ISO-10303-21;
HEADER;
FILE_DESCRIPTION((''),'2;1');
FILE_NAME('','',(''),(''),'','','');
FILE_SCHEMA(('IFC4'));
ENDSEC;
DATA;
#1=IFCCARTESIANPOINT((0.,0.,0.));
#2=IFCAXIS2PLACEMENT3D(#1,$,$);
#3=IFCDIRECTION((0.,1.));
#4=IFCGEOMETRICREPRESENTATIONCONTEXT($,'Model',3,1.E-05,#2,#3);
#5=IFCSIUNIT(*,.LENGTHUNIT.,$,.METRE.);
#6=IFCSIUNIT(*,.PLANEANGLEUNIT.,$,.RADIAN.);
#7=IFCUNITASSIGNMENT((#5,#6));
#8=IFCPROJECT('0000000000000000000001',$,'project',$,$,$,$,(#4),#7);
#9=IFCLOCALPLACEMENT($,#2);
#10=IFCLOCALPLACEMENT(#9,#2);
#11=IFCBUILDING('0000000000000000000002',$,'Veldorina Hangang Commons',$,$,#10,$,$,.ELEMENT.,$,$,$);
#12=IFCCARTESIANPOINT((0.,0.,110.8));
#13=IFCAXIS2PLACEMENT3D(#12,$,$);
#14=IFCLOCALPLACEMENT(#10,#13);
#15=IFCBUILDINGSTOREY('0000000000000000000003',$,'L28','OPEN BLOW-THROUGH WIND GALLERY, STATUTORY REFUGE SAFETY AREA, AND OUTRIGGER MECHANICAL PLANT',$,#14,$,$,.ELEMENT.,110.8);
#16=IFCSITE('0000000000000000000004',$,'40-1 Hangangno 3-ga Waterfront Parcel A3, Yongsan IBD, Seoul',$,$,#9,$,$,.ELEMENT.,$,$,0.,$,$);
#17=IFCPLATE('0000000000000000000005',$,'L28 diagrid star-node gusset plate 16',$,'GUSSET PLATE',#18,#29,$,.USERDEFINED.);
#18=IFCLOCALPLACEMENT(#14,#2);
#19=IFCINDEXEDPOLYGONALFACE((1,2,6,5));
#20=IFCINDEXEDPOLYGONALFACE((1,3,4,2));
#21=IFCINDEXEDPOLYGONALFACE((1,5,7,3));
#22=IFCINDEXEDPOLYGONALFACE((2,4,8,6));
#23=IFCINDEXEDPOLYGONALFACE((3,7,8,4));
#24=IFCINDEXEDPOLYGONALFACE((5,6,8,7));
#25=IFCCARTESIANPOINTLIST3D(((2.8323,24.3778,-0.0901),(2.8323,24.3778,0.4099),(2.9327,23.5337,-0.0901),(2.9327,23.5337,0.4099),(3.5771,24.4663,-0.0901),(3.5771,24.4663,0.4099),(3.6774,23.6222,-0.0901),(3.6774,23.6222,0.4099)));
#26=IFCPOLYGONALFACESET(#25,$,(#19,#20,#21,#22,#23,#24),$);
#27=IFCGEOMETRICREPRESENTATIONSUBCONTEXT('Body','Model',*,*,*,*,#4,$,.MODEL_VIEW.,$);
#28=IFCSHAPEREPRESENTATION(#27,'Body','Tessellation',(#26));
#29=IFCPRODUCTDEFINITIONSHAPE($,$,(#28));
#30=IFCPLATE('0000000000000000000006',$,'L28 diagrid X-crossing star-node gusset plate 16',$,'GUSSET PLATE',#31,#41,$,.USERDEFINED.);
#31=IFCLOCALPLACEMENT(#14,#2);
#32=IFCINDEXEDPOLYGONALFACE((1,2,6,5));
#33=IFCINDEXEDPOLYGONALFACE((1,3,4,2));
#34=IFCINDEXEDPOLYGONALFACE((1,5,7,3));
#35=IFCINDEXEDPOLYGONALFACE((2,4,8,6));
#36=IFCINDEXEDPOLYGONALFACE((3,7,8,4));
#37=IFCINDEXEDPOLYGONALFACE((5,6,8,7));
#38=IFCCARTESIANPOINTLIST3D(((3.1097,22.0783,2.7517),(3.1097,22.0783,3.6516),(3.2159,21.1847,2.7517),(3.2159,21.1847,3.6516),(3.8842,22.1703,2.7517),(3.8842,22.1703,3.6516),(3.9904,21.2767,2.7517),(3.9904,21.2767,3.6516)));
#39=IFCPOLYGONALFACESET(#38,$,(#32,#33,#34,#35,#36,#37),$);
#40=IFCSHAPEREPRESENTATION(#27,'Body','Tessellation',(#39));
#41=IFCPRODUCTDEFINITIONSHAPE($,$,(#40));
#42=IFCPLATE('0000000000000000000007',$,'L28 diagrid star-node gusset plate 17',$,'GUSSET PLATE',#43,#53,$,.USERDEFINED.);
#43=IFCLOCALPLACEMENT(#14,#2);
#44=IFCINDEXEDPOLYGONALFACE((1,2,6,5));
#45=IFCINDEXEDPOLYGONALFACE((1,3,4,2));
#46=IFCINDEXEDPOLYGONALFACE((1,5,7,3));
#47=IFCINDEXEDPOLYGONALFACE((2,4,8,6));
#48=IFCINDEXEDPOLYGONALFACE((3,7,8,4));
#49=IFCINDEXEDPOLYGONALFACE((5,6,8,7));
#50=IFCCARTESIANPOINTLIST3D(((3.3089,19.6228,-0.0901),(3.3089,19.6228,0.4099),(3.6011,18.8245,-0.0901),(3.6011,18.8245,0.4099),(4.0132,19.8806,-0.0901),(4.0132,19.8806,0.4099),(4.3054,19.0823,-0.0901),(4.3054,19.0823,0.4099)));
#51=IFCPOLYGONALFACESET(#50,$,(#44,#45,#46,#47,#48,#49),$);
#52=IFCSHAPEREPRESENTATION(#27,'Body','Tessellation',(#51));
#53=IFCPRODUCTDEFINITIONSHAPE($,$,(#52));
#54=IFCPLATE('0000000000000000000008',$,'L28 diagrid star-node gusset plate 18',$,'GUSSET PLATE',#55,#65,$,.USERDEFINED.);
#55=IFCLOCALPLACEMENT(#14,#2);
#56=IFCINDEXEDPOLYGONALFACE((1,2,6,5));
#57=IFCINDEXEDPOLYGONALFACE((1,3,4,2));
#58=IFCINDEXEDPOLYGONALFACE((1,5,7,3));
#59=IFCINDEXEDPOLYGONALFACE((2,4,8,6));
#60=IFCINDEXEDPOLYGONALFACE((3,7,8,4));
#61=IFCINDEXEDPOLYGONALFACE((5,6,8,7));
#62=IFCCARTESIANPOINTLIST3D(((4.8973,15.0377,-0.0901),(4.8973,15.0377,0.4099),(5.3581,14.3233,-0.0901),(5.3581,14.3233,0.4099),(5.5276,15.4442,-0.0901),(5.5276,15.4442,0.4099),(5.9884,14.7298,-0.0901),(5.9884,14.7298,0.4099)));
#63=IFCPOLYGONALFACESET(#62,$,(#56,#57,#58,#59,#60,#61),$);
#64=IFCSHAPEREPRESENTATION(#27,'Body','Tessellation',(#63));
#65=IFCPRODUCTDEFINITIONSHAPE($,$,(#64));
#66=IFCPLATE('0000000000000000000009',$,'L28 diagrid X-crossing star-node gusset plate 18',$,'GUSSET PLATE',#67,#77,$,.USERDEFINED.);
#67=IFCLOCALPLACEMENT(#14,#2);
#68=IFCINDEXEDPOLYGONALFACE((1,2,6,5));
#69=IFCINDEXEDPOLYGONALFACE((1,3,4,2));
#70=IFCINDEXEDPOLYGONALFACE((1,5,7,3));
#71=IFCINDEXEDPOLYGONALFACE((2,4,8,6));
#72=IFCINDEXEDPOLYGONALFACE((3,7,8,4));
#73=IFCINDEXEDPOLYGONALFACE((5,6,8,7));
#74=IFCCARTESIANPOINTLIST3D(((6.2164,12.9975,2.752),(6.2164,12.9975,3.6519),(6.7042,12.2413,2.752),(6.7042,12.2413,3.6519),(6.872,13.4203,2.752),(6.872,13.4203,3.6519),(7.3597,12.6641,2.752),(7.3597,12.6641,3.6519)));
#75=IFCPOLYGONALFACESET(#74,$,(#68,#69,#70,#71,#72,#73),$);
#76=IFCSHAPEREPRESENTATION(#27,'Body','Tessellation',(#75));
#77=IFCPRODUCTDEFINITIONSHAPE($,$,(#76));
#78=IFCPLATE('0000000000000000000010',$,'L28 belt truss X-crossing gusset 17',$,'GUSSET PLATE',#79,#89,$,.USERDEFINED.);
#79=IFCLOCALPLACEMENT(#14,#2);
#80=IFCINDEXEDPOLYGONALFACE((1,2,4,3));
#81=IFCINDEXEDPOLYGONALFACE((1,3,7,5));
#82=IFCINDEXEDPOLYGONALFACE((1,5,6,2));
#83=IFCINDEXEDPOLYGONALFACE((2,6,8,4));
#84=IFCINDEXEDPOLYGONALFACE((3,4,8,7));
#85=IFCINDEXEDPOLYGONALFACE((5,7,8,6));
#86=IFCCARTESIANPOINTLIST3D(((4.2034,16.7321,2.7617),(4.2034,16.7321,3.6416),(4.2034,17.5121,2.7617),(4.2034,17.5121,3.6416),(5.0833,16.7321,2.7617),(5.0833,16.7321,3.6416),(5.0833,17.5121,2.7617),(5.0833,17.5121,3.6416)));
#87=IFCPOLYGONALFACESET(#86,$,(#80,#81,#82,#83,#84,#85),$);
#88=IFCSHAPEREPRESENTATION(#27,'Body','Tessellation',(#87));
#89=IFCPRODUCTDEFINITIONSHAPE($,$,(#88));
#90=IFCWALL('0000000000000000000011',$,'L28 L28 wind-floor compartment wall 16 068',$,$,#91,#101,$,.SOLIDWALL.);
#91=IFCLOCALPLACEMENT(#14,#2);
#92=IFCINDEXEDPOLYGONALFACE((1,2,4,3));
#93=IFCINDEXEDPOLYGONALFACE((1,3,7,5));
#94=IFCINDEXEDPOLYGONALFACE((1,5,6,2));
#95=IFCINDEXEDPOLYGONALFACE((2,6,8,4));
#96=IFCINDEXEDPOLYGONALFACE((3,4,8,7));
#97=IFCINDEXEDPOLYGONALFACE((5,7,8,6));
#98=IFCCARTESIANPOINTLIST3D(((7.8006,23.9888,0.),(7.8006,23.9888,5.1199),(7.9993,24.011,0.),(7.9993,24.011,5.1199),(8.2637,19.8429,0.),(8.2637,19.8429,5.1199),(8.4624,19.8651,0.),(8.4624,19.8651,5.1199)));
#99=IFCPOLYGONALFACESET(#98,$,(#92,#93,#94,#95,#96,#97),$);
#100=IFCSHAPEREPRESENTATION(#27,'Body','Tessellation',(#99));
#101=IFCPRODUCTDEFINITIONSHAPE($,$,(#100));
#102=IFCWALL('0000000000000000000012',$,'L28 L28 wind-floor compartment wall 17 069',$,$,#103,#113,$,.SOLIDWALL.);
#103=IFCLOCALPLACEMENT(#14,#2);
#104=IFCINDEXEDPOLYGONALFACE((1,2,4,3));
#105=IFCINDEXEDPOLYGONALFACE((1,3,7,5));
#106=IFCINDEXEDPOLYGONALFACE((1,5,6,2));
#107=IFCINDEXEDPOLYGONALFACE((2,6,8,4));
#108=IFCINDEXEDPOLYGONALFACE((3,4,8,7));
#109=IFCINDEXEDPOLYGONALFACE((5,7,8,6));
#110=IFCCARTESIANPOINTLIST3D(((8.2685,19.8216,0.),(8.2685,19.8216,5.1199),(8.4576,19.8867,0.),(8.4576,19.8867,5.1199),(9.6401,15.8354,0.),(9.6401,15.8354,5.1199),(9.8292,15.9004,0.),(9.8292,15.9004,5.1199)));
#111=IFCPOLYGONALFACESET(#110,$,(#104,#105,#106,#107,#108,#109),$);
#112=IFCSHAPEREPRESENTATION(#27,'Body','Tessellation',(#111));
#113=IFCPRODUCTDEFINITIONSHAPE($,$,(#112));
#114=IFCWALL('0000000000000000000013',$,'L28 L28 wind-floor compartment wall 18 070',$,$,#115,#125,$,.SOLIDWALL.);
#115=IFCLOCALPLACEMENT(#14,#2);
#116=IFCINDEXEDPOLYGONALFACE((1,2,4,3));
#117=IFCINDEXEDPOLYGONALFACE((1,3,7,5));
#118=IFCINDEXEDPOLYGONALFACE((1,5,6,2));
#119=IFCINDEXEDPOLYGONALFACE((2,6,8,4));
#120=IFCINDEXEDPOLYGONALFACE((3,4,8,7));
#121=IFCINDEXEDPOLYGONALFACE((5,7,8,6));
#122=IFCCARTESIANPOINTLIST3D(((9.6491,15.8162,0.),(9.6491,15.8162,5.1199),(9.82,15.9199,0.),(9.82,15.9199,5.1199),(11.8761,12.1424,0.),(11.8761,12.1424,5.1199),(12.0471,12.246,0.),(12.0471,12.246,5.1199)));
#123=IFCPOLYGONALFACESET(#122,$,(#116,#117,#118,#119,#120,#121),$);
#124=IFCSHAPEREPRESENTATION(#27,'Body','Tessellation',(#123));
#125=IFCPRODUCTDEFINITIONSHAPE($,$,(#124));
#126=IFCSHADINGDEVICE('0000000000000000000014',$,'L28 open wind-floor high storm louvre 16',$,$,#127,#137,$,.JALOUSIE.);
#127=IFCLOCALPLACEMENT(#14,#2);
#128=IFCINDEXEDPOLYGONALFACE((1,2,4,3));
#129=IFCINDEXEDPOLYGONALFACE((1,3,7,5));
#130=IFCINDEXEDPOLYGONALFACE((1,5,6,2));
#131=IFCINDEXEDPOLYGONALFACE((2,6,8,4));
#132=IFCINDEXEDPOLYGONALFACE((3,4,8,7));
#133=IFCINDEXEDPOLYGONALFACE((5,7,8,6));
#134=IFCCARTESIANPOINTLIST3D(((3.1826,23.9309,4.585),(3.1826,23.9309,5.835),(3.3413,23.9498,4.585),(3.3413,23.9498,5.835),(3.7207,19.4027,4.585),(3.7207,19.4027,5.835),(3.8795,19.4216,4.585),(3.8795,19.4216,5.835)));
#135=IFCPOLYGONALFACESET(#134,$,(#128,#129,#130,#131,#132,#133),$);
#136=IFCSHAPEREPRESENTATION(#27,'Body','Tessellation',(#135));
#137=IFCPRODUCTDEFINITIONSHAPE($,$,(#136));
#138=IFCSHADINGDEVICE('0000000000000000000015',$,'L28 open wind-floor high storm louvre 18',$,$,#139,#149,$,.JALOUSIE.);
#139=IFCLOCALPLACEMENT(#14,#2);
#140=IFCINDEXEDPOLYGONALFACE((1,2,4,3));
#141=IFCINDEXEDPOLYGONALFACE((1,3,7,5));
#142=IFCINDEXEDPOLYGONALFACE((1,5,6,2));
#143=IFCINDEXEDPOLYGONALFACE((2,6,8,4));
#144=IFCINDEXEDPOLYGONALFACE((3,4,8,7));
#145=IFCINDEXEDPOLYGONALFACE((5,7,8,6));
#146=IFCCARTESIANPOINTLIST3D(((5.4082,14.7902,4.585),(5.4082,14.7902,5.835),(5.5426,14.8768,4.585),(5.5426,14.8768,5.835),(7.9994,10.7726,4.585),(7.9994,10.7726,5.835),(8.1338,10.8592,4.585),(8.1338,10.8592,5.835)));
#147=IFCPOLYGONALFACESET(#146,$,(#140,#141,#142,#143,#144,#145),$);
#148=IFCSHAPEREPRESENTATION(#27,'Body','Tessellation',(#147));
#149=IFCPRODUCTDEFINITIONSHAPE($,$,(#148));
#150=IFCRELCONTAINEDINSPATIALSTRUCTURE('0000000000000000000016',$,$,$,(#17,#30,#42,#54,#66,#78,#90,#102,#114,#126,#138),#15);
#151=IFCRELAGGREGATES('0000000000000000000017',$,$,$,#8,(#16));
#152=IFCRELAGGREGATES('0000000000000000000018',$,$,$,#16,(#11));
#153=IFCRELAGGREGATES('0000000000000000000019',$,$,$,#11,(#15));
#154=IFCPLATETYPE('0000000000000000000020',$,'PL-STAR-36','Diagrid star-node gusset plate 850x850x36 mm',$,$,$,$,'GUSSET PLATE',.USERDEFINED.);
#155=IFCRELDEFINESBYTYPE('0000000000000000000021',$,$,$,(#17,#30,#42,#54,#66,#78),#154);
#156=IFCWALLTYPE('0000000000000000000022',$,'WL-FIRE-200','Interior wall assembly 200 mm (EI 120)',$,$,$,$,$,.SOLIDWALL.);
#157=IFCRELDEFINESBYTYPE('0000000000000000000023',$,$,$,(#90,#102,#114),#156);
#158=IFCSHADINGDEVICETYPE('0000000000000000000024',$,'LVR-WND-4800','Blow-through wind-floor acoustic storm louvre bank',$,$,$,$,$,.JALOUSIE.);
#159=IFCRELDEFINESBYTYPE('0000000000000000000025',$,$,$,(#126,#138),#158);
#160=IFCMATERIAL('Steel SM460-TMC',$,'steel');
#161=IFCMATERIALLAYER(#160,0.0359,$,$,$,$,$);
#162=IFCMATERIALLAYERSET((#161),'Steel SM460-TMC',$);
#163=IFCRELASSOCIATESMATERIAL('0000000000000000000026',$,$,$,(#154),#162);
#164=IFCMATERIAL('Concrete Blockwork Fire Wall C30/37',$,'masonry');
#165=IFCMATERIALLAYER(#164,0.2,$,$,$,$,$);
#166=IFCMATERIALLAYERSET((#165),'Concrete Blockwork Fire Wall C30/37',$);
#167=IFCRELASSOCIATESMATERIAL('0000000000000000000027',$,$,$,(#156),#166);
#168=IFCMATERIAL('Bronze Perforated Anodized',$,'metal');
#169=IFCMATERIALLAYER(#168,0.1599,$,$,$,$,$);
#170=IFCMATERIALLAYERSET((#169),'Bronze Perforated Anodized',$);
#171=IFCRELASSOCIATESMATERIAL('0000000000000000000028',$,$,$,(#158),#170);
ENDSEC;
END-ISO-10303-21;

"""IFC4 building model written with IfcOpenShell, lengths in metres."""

from ifc_helpers import new_model, si_unit, direction, frame, frame_2d, origin, origin_2d, place, context, subcontext, project, spatial, rectangle, extrude, material, layer, layer_set, type_object, element, save


model = new_model("IFC4")

# Units and contexts
model_context = context("Model", 3, precision=1e-05, world=origin(), true_north=direction((0.0, 1.0)))
body_context = subcontext(model_context, "Body", "Model", "MODEL_VIEW")
ifc_project = project(units=[si_unit("LENGTHUNIT", "METRE"), si_unit("PLANEANGLEUNIT", "RADIAN")], contexts=[model_context])

# Site, building, storey
site_placement = place(None, origin())
site = spatial("IfcSite", under=ifc_project, at=site_placement, Name="40-1 Hangangno 3-ga Waterfront Parcel A3, Yongsan IBD, Seoul", CompositionType="ELEMENT", RefElevation=0.0)
building_placement = place(site_placement, origin())
building = spatial("IfcBuilding", under=site, at=building_placement, Name="Veldorina Hangang Commons", CompositionType="ELEMENT")
storey_placement = place(building_placement, frame((0.0, 0.0, 110.8)))
storey = spatial("IfcBuildingStorey", under=building, at=storey_placement, Name="L28", Description="OPEN BLOW-THROUGH WIND GALLERY, STATUTORY REFUGE SAFETY AREA, AND OUTRIGGER MECHANICAL PLANT", CompositionType="ELEMENT", Elevation=110.8)

# Shared definitions
ifc_material_1 = material(Name="Steel SM460-TMC", Category="steel")

# Plates
ifc_layer_1 = layer(ifc_material_1, 0.0359)
ifc_layer_set_1 = layer_set([ifc_layer_1], Name="Steel SM460-TMC")
plate_type = type_object("IfcPlateType", Name="PL-STAR-36", Description="Diagrid star-node gusset plate 850x850x36 mm", ElementType="GUSSET PLATE", PredefinedType="USERDEFINED", material=ifc_layer_set_1)
plate_1_placement = place(storey_placement, frame((3.2549, 24.0, -0.0901), z_axis=(0.0, 0.0, 1.0), x_axis=(0.118005, -0.993013, 0.0)))
element("IfcPlate", 1, at=plate_1_placement, inside=storey, type_object=plate_type, Name="L28 diagrid star-node gusset plate 16", ObjectType="GUSSET PLATE", PredefinedType="USERDEFINED", context=body_context, shape_type="SweptSolid", body=[
    extrude(rectangle(XDim=0.8501, YDim=0.75, at=origin_2d()), origin(), (0.0, 0.0, 1.0), 0.5),
])
plate_2_placement = place(storey_placement, frame((3.55, 21.6775, 2.7517), z_axis=(0.0, 0.0, 1.0), x_axis=(0.118005, -0.993013, 0.0)))
element("IfcPlate", 2, at=plate_2_placement, inside=storey, type_object=plate_type, Name="L28 diagrid X-crossing star-node gusset plate 16", ObjectType="GUSSET PLATE", PredefinedType="USERDEFINED", context=body_context, shape_type="SweptSolid", body=[
    extrude(rectangle(XDim=0.8999, YDim=0.78, at=origin_2d()), origin(), (0.0, 0.0, 1.0), 0.8999),
])
for number, where, z_axis, x_axis, name in (
    (3, (3.8071, 19.3525, -0.0901), (0.0, 0.0, 1.0), (0.343758, -0.939058, 0.0), "L28 diagrid star-node gusset plate 17"),
    (4, (5.4429, 14.8838, -0.0901), (0.0, 0.0, 1.0), (0.542016, -0.840368, 0.0), "L28 diagrid star-node gusset plate 18"),
):
    element("IfcPlate", number, at=place(storey_placement, frame(where, z_axis=z_axis, x_axis=x_axis)), inside=storey, type_object=plate_type, Name=name, ObjectType="GUSSET PLATE", PredefinedType="USERDEFINED", context=body_context, shape_type="SweptSolid", body=[
        extrude(rectangle(XDim=0.8501, YDim=0.75, at=origin_2d()), origin(), (0.0, 0.0, 1.0), 0.5),
    ])
plate_3_placement = place(storey_placement, frame((6.7881, 12.8308, 2.752), z_axis=(0.0, 0.0, 1.0), x_axis=(0.542016, -0.840368, 0.0)))
element("IfcPlate", 5, at=plate_3_placement, inside=storey, type_object=plate_type, Name="L28 diagrid X-crossing star-node gusset plate 18", ObjectType="GUSSET PLATE", PredefinedType="USERDEFINED", context=body_context, shape_type="SweptSolid", body=[
    extrude(rectangle(XDim=0.8999, YDim=0.78, at=origin_2d()), origin(), (0.0, 0.0, 1.0), 0.8999),
])
plate_4_placement = place(storey_placement, frame((4.6433, 17.1221, 2.7617), z_axis=(0.0, 0.0, 1.0), x_axis=(1.0, 0.0, 0.0)))
element("IfcPlate", 6, at=plate_4_placement, inside=storey, type_object=plate_type, Name="L28 belt truss X-crossing gusset 17", ObjectType="GUSSET PLATE", PredefinedType="USERDEFINED", context=body_context, shape_type="SweptSolid", body=[
    extrude(rectangle(XDim=0.8799, YDim=0.78, at=origin_2d()), origin(), (0.0, 0.0, 1.0), 0.8799),
])

# Walls
ifc_material_2 = material(Name="Concrete Blockwork Fire Wall C30/37", Category="masonry")
ifc_layer_2 = layer(ifc_material_2, 0.2)
ifc_layer_set_2 = layer_set([ifc_layer_2], Name="Concrete Blockwork Fire Wall C30/37")
wall_type = type_object("IfcWallType", Name="WL-FIRE-200", Description="Interior wall assembly 200 mm (EI 120)", PredefinedType="SOLIDWALL", material=ifc_layer_set_2)
wall_1_placement = place(storey_placement, frame((7.8999, 24.0, 0.0), z_axis=(0.0, 0.0, 1.0), x_axis=(0.111022, -0.993818, 0.0)))
element("IfcWall", 7, at=wall_1_placement, inside=storey, type_object=wall_type, Name="L28 L28 wind-floor compartment wall 16 068", PredefinedType="SOLIDWALL", context=body_context, shape_type="SweptSolid", body=[
    extrude(rectangle(XDim=4.1716, YDim=0.2, at=frame_2d((2.0859, 0.0))), origin(), (0.0, 0.0, 1.0), 5.1199),
])
wall_2_placement = place(storey_placement, frame((8.363, 19.8542, 0.0), z_axis=(0.0, 0.0, 1.0), x_axis=(0.325352, -0.945593, 0.0)))
element("IfcWall", 8, at=wall_2_placement, inside=storey, type_object=wall_type, Name="L28 L28 wind-floor compartment wall 17 069", PredefinedType="SOLIDWALL", context=body_context, shape_type="SweptSolid", body=[
    extrude(rectangle(XDim=4.2156, YDim=0.2, at=frame_2d((2.1079, 0.0))), origin(), (0.0, 0.0, 1.0), 5.1199),
])
wall_3_placement = place(storey_placement, frame((9.7346, 15.8679, 0.0), z_axis=(0.0, 0.0, 1.0), x_axis=(0.518385, -0.855147, 0.0)))
element("IfcWall", 9, at=wall_3_placement, inside=storey, type_object=wall_type, Name="L28 L28 wind-floor compartment wall 18 070", PredefinedType="SOLIDWALL", context=body_context, shape_type="SweptSolid", body=[
    extrude(rectangle(XDim=4.2961, YDim=0.2, at=frame_2d((2.1479, 0.0))), origin(), (0.0, 0.0, 1.0), 5.1199),
])

# Shading devices
ifc_material_3 = material(Name="Bronze Perforated Anodized", Category="metal")
ifc_layer_3 = layer(ifc_material_3, 0.1599)
ifc_layer_set_3 = layer_set([ifc_layer_3], Name="Bronze Perforated Anodized")
shading_device_type = type_object("IfcShadingDeviceType", Name="LVR-WND-4800", Description="Blow-through wind-floor acoustic storm louvre bank", PredefinedType="JALOUSIE", material=ifc_layer_set_3)
shading_device_1_placement = place(storey_placement, frame((3.531, 21.6763, 4.585), z_axis=(0.0, 0.0, 1.0), x_axis=(0.118005, -0.993013, 0.0)))
element("IfcShadingDevice", 10, at=shading_device_1_placement, inside=storey, type_object=shading_device_type, Name="L28 open wind-floor high storm louvre 16", PredefinedType="JALOUSIE", context=body_context, shape_type="SweptSolid", body=[
    extrude(rectangle(XDim=4.5601, YDim=0.1599, at=origin_2d()), origin(), (0.0, 0.0, 1.0), 1.25),
])
shading_device_2_placement = place(storey_placement, frame((6.771, 12.8247, 4.585), z_axis=(0.0, 0.0, 1.0), x_axis=(0.542016, -0.840368, 0.0)))
element("IfcShadingDevice", 11, at=shading_device_2_placement, inside=storey, type_object=shading_device_type, Name="L28 open wind-floor high storm louvre 18", PredefinedType="JALOUSIE", context=body_context, shape_type="SweptSolid", body=[
    extrude(rectangle(XDim=4.7808, YDim=0.1599, at=origin_2d()), origin(), (0.0, 0.0, 1.0), 1.25),
])

save(model, "model.ifc")
